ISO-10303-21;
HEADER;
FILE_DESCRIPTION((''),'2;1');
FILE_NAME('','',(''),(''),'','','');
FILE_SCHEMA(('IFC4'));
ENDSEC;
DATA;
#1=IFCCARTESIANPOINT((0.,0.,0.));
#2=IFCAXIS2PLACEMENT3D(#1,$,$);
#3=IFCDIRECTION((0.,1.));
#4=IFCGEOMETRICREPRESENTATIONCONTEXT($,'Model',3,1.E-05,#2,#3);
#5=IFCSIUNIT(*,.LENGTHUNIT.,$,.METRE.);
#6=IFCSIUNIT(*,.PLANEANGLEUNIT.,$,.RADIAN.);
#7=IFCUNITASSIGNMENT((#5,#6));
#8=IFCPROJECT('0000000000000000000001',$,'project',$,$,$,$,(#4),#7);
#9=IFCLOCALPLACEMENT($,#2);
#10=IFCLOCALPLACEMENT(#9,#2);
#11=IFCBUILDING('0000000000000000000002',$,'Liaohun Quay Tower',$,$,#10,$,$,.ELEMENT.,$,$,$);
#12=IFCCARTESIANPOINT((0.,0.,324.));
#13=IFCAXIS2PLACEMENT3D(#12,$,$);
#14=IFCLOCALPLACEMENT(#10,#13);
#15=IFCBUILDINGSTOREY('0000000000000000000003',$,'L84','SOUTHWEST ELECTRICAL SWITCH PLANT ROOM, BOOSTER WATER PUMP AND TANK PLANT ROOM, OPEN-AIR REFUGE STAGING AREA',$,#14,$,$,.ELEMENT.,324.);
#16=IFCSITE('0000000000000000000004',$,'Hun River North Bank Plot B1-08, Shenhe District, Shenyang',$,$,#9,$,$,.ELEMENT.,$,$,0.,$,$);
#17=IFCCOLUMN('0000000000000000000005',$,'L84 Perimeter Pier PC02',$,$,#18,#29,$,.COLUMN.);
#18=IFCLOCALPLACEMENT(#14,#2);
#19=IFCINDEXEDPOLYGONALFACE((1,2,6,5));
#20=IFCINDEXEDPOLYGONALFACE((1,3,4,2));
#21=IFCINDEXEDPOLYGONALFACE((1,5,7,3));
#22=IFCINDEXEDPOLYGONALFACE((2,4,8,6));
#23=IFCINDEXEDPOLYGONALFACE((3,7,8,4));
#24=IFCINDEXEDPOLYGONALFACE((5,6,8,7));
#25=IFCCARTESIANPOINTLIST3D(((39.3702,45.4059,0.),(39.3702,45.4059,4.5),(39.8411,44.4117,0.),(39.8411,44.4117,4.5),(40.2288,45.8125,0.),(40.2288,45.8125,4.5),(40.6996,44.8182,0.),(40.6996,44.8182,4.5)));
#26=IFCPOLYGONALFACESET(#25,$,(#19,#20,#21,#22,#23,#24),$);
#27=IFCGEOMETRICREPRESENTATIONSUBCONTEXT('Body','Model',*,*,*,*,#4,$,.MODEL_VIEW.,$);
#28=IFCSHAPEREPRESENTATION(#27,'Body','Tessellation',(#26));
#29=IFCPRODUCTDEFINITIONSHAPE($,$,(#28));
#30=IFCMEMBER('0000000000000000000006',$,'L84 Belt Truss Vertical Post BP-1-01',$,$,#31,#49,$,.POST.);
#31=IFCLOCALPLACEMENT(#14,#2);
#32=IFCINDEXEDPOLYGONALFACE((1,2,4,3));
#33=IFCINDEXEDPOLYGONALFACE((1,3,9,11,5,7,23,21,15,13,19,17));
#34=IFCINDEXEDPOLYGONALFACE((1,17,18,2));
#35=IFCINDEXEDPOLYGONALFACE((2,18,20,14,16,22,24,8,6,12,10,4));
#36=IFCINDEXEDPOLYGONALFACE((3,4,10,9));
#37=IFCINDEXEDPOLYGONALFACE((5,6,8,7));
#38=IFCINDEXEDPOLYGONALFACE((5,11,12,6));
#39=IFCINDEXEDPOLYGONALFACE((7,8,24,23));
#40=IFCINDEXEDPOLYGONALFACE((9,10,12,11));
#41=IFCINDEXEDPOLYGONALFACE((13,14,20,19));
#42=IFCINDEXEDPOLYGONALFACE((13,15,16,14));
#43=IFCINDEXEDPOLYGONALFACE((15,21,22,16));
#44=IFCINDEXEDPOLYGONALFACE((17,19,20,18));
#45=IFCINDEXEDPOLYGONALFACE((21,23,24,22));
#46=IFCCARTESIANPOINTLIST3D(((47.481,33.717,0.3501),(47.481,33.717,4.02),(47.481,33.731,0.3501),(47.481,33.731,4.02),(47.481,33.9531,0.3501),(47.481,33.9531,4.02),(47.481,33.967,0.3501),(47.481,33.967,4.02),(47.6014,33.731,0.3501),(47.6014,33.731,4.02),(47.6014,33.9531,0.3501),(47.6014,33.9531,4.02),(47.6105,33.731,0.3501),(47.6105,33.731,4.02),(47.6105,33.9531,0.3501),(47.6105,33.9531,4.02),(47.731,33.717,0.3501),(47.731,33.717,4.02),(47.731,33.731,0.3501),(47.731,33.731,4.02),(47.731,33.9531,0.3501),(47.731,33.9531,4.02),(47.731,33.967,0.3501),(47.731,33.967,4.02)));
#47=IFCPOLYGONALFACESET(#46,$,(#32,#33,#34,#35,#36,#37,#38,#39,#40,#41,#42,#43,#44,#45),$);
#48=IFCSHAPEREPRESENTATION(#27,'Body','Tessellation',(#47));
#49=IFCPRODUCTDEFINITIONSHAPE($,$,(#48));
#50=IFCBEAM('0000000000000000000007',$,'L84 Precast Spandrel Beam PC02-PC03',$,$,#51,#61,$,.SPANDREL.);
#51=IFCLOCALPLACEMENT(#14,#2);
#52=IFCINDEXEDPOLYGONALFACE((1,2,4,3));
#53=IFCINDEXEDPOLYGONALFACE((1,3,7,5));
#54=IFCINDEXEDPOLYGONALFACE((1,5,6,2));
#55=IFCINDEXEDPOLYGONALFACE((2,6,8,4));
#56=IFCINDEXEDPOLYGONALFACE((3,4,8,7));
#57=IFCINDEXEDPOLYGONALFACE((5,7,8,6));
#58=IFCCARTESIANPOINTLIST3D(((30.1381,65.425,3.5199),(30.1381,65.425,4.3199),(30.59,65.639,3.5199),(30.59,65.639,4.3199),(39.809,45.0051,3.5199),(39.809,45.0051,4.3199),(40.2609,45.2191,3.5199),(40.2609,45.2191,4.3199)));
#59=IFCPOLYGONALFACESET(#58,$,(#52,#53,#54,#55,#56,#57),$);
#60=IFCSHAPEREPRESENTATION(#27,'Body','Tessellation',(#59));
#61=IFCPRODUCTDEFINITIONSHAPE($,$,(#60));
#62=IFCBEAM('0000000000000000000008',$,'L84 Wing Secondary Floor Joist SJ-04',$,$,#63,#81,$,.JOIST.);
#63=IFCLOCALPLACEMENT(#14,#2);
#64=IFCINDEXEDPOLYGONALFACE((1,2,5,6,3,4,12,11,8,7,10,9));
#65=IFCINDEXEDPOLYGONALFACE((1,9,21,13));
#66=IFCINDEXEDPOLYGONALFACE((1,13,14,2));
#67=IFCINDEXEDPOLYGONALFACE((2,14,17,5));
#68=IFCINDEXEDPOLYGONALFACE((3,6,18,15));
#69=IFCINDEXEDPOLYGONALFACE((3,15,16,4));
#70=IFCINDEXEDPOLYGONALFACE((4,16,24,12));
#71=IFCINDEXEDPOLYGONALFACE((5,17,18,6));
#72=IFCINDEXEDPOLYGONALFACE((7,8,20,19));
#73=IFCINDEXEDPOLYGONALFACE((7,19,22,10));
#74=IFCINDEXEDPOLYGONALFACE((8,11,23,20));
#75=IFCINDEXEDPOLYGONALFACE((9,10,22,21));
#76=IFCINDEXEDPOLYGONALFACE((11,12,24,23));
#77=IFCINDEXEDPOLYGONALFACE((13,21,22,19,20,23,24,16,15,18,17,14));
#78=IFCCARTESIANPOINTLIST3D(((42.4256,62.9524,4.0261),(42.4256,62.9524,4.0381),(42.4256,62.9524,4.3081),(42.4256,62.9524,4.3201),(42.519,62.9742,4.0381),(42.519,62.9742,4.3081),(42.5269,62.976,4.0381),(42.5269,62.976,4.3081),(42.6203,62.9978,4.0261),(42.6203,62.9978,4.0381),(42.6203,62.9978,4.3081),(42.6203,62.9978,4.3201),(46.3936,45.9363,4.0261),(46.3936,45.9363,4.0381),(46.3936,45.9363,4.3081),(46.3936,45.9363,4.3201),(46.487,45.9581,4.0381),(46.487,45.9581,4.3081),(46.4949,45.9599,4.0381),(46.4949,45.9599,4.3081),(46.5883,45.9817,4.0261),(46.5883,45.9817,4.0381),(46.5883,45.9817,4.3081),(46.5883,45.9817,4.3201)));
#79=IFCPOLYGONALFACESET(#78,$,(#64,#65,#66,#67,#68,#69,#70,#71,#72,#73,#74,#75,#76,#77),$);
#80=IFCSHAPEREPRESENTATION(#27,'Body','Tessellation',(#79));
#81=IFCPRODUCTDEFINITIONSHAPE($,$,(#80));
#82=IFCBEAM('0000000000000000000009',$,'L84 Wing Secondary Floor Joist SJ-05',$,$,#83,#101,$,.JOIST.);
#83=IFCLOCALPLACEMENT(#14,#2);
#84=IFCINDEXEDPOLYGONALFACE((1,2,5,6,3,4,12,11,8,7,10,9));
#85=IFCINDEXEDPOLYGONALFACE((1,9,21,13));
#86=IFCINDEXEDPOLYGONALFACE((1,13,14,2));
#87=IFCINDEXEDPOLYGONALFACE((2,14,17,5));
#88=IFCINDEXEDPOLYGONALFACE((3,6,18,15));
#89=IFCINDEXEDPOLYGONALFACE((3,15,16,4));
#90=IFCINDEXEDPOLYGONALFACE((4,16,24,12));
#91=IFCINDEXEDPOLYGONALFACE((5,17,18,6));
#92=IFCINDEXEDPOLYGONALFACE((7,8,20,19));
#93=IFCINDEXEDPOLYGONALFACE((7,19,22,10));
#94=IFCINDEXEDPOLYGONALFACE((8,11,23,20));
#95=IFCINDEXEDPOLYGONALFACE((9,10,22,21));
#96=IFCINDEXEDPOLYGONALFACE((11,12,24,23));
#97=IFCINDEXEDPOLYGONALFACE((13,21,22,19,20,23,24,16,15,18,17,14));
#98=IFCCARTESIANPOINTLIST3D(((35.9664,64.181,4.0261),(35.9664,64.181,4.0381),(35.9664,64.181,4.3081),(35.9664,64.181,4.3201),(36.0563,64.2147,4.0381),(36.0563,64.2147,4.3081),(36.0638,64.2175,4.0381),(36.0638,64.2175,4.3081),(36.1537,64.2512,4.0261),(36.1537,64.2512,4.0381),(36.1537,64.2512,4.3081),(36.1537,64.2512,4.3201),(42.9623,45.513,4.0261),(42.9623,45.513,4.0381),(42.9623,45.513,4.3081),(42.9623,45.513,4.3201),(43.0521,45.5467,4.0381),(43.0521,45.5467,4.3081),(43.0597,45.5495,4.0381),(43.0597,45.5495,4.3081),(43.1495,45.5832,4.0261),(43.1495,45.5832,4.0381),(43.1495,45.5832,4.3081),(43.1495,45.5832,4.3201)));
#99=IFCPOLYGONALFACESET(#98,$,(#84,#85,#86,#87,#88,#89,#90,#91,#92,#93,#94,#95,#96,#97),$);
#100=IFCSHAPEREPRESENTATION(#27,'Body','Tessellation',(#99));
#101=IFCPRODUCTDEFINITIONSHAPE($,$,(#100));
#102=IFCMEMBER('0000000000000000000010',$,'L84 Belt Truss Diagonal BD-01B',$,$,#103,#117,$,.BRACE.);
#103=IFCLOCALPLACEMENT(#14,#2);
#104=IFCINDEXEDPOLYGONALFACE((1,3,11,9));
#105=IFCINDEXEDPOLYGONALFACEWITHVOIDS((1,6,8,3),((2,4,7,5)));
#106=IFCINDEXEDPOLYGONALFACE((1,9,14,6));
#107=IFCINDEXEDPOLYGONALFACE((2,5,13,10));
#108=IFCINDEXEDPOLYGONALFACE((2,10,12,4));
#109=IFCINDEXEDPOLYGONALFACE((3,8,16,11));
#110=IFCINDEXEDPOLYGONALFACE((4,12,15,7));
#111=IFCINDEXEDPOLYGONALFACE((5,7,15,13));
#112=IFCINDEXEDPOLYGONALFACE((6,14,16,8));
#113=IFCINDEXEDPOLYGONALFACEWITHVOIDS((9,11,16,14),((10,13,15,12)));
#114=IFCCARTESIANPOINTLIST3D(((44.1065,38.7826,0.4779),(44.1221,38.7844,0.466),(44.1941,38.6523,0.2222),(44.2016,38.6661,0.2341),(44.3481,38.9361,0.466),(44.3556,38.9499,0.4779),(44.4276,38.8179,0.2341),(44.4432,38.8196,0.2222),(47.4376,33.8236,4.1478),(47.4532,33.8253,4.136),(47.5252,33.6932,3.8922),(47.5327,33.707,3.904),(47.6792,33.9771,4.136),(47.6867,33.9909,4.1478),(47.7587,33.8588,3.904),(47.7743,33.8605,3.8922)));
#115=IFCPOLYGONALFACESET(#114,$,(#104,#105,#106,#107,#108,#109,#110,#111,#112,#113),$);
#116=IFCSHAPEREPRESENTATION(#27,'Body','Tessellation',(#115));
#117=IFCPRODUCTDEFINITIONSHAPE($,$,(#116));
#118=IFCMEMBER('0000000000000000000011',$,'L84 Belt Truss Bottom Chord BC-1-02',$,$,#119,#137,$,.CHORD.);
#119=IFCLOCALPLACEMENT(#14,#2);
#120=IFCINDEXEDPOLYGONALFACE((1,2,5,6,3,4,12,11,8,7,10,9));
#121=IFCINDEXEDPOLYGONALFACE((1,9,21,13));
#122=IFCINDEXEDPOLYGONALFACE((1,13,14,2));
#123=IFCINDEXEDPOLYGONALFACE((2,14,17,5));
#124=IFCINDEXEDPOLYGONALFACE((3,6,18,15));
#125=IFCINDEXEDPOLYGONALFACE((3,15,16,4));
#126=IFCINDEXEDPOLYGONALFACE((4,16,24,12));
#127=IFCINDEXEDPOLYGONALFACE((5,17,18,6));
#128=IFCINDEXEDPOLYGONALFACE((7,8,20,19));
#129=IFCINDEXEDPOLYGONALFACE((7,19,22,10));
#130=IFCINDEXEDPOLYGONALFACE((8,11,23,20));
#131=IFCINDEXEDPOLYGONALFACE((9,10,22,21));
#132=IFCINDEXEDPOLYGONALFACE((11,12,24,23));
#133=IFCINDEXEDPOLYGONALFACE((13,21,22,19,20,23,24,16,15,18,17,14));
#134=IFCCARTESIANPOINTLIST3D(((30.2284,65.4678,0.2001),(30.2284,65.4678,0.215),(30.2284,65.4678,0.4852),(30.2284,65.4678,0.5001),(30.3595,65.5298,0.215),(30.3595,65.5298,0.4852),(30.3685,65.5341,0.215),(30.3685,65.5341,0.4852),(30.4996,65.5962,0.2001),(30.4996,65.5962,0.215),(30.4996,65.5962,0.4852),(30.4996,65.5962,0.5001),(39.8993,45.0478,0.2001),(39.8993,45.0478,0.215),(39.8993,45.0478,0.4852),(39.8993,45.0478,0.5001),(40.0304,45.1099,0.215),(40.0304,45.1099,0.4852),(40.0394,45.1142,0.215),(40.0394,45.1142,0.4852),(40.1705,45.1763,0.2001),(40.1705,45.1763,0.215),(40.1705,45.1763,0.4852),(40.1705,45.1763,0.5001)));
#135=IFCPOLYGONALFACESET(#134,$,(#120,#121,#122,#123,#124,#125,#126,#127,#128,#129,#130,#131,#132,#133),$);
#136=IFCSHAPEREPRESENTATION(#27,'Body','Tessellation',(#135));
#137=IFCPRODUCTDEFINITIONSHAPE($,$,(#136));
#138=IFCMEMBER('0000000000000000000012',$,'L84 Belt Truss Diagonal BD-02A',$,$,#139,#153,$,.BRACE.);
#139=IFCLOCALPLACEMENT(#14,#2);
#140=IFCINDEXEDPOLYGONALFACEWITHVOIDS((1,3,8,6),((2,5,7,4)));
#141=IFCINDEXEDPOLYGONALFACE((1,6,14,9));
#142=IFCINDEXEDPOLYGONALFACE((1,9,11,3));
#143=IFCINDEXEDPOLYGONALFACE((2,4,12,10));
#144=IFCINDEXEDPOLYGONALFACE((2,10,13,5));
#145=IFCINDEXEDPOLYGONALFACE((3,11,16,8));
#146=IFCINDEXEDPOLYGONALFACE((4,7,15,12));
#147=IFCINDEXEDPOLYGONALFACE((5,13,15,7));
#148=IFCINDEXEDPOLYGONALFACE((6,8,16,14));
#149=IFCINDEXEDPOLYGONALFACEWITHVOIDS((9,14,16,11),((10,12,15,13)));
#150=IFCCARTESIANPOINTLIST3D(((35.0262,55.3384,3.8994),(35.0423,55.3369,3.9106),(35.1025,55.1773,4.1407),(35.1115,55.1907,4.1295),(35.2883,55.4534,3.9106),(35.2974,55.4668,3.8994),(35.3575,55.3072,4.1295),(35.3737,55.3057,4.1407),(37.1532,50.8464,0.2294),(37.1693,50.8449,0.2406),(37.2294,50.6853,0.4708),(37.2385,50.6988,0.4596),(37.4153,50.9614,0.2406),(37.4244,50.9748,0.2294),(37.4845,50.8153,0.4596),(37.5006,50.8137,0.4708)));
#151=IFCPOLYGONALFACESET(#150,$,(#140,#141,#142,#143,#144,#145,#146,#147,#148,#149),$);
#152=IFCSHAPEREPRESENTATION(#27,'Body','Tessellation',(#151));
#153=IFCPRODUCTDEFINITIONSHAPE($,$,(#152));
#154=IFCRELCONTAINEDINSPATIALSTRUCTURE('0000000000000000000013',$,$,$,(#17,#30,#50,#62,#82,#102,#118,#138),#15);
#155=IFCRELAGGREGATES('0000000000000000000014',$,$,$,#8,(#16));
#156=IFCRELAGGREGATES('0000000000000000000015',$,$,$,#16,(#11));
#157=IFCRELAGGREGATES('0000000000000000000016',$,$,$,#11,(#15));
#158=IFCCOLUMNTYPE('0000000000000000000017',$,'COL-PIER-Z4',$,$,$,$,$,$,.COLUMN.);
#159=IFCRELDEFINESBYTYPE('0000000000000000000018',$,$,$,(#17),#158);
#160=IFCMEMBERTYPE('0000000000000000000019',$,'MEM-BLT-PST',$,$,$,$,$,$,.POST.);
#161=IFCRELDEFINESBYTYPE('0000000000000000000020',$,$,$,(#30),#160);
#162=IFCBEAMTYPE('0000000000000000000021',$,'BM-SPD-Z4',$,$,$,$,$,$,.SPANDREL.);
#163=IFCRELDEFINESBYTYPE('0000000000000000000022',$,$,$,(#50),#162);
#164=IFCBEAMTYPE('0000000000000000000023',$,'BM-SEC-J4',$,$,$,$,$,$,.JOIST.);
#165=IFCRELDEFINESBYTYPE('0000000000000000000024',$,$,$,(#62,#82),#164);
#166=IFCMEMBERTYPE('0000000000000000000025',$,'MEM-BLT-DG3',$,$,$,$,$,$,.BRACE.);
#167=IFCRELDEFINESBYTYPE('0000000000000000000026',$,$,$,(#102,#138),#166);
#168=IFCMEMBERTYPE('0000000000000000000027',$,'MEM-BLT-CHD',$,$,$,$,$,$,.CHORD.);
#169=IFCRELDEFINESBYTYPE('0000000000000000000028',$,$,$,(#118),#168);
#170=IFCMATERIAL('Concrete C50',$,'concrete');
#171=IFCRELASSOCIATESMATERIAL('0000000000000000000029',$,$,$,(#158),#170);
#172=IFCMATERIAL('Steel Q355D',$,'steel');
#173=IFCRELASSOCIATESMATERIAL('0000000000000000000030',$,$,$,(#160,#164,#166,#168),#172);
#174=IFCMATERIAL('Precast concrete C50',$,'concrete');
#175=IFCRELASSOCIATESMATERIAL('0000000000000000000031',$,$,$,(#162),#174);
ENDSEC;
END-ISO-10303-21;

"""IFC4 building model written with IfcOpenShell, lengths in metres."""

from ifc_helpers import new_model, si_unit, direction, frame, origin, origin_2d, place, context, subcontext, project, spatial, rectangle, hollow_rectangle, i_section, extrude, source, transform, mapped, material, material_profile, profile_set, type_object, element, save


model = new_model("IFC4")

# Units and contexts
model_context = context("Model", 3, precision=1e-05, world=origin(), true_north=direction((0.0, 1.0)))
body_context = subcontext(model_context, "Body", "Model", "MODEL_VIEW")
ifc_project = project(units=[si_unit("LENGTHUNIT", "METRE"), si_unit("PLANEANGLEUNIT", "RADIAN")], contexts=[model_context])

# Site, building, storey
site_placement = place(None, origin())
site = spatial("IfcSite", under=ifc_project, at=site_placement, Name="Hun River North Bank Plot B1-08, Shenhe District, Shenyang", CompositionType="ELEMENT", RefElevation=0.0)
building_placement = place(site_placement, origin())
building = spatial("IfcBuilding", under=site, at=building_placement, Name="Liaohun Quay Tower", CompositionType="ELEMENT")
storey_placement = place(building_placement, frame((0.0, 0.0, 324.0)))
storey = spatial("IfcBuildingStorey", under=building, at=storey_placement, Name="L84", Description="SOUTHWEST ELECTRICAL SWITCH PLANT ROOM, BOOSTER WATER PUMP AND TANK PLANT ROOM, OPEN-AIR REFUGE STAGING AREA", CompositionType="ELEMENT", Elevation=324.0)

# Column
ifc_material_1 = material(Name="Concrete C50", Category="concrete")
ifc_material_profile_1 = material_profile(ifc_material_1, rectangle(XDim=1.1001, YDim=0.95, at=origin_2d()), Name="RC1100x950")
ifc_profile_set_1 = profile_set([ifc_material_profile_1], Name="Concrete C50")
column_type = type_object("IfcColumnType", Name="COL-PIER-Z4", PredefinedType="COLUMN", material=ifc_profile_set_1)
shared_shape_1 = source(origin(), body_context, "Body", "SweptSolid", [
    extrude(rectangle(XDim=1.1001, YDim=0.95, at=origin_2d()), origin(), (0.0, 0.0, 1.0), 4.5),
])
column_placement = place(storey_placement, frame((40.0349, 45.1121, 0.0), z_axis=(0.0, 0.0, 1.0), x_axis=(-0.427989, 0.903784, 0.0)))
element("IfcColumn", 1, at=column_placement, inside=storey, type_object=column_type, Name="L84 Perimeter Pier PC02", PredefinedType="COLUMN", context=body_context, shape_type="MappedRepresentation", body=[
    mapped(shared_shape_1, transform((0.0, 0.0, 0.0), x_axis=(1.0, 0.0, 0.0), y_axis=(0.0, 1.0, 0.0), z_axis=(0.0, 0.0, 1.0), scale=1.0)),
])

# Member
ifc_material_2 = material(Name="Steel Q355D", Category="steel")
ifc_material_profile_2 = material_profile(ifc_material_2, i_section(OverallWidth=0.25, OverallDepth=0.25, WebThickness=0.009, FlangeThickness=0.0139, at=origin_2d()), Name="HW250x250x9x14")
ifc_profile_set_2 = profile_set([ifc_material_profile_2], Name="Steel Q355D")
member_type_1 = type_object("IfcMemberType", Name="MEM-BLT-PST", PredefinedType="POST", material=ifc_profile_set_2)
shared_shape_2 = source(origin(), body_context, "Body", "SweptSolid", [
    extrude(i_section(OverallWidth=0.25, OverallDepth=0.25, WebThickness=0.009, FlangeThickness=0.0139, at=origin_2d()), origin(), (0.0, 0.0, 1.0), 3.6699),
])
member_1_placement = place(storey_placement, frame((47.606, 33.842, 0.3501), z_axis=(0.0, 0.0, 1.0), x_axis=(1.0, 0.0, 0.0)))
element("IfcMember", 2, at=member_1_placement, inside=storey, type_object=member_type_1, Name="L84 Belt Truss Vertical Post BP-1-01", PredefinedType="POST", context=body_context, shape_type="MappedRepresentation", body=[
    mapped(shared_shape_2, transform((0.0, 0.0, 0.0), x_axis=(1.0, 0.0, 0.0), y_axis=(0.0, 1.0, 0.0), z_axis=(0.0, 0.0, 1.0), scale=1.0)),
])

# Beams
ifc_material_3 = material(Name="Precast concrete C50", Category="concrete")
ifc_material_profile_3 = material_profile(ifc_material_3, rectangle(XDim=0.5, YDim=0.8, at=origin_2d()), Name="RC500x800")
ifc_profile_set_3 = profile_set([ifc_material_profile_3], Name="Precast concrete C50")
beam_type_1 = type_object("IfcBeamType", Name="BM-SPD-Z4", PredefinedType="SPANDREL", material=ifc_profile_set_3)
shared_shape_3 = source(origin(), body_context, "Body", "SweptSolid", [
    extrude(rectangle(XDim=0.5, YDim=0.8, at=origin_2d()), origin(), (0.0, 0.0, 1.0), 22.5942),
])
beam_1_placement = place(storey_placement, frame((40.0349, 45.1121, 3.9199), z_axis=(-0.428025, 0.903767, 0.0), x_axis=(-0.903767, -0.428025, 0.0)))
element("IfcBeam", 3, at=beam_1_placement, inside=storey, type_object=beam_type_1, Name="L84 Precast Spandrel Beam PC02-PC03", PredefinedType="SPANDREL", context=body_context, shape_type="MappedRepresentation", body=[
    mapped(shared_shape_3, transform((0.0, 0.0, 0.0), x_axis=(1.0, 0.0, 0.0), y_axis=(0.0, 1.0, 0.0), z_axis=(0.0, 0.0, 1.0), scale=1.0)),
])
ifc_material_profile_4 = material_profile(ifc_material_2, i_section(OverallWidth=0.2, OverallDepth=0.2939, WebThickness=0.0081, FlangeThickness=0.012, at=origin_2d()), Name="HM294x200x8x12")
ifc_profile_set_4 = profile_set([ifc_material_profile_4], Name="Steel Q355D")
beam_type_2 = type_object("IfcBeamType", Name="BM-SEC-J4", PredefinedType="JOIST", material=ifc_profile_set_4)
shared_shape_4 = source(origin(), body_context, "Body", "SweptSolid", [
    extrude(i_section(OverallWidth=0.2, OverallDepth=0.2939, WebThickness=0.0081, FlangeThickness=0.012, at=origin_2d()), origin(), (0.0, 0.0, 1.0), 17.4727),
])
beam_2_placement = place(storey_placement, frame((46.491, 45.959, 4.1731), z_axis=(-0.227099, 0.973872, 0.0), x_axis=(-0.973872, -0.227099, 0.0)))
element("IfcBeam", 4, at=beam_2_placement, inside=storey, type_object=beam_type_2, Name="L84 Wing Secondary Floor Joist SJ-04", PredefinedType="JOIST", context=body_context, shape_type="MappedRepresentation", body=[
    mapped(shared_shape_4, transform((0.0, 0.0, 0.0), x_axis=(1.0, 0.0, 0.0), y_axis=(0.0, 1.0, 0.0), z_axis=(0.0, 0.0, 1.0), scale=1.0)),
])
shared_shape_5 = source(origin(), body_context, "Body", "SweptSolid", [
    extrude(i_section(OverallWidth=0.2, OverallDepth=0.2939, WebThickness=0.0081, FlangeThickness=0.012, at=origin_2d()), origin(), (0.0, 0.0, 1.0), 19.9358),
])
beam_3_placement = place(storey_placement, frame((43.0559, 45.5481, 4.1731), z_axis=(-0.350919, 0.936406, 0.0), x_axis=(-0.936406, -0.350919, 0.0)))
element("IfcBeam", 5, at=beam_3_placement, inside=storey, type_object=beam_type_2, Name="L84 Wing Secondary Floor Joist SJ-05", PredefinedType="JOIST", context=body_context, shape_type="MappedRepresentation", body=[
    mapped(shared_shape_5, transform((0.0, 0.0, 0.0), x_axis=(1.0, 0.0, 0.0), y_axis=(0.0, 1.0, 0.0), z_axis=(0.0, 0.0, 1.0), scale=1.0)),
])

# Members
ifc_material_profile_5 = material_profile(ifc_material_2, hollow_rectangle(XDim=0.3, YDim=0.3, WallThickness=0.0139, at=origin_2d()), Name="SHS300x300x14")
ifc_profile_set_5 = profile_set([ifc_material_profile_5], Name="Steel Q355D")
member_type_2 = type_object("IfcMemberType", Name="MEM-BLT-DG3", PredefinedType="BRACE", material=ifc_profile_set_5)
shared_shape_6 = source(origin(), body_context, "Body", "SweptSolid", [
    extrude(hollow_rectangle(XDim=0.3, YDim=0.3, WallThickness=0.0139, at=origin_2d()), origin(), (0.0, 0.0, 1.0), 7.0112),
])
member_2_placement = place(storey_placement, frame((47.606, 33.842, 4.02), z_axis=(-0.47511, 0.707303, -0.523443), x_axis=(-0.830109, -0.557602, 0.0)))
element("IfcMember", 6, at=member_2_placement, inside=storey, type_object=member_type_2, Name="L84 Belt Truss Diagonal BD-01B", PredefinedType="BRACE", context=body_context, shape_type="MappedRepresentation", body=[
    mapped(shared_shape_6, transform((0.0, 0.0, 0.0), x_axis=(1.0, 0.0, 0.0), y_axis=(0.0, 1.0, 0.0), z_axis=(0.0, 0.0, 1.0), scale=1.0)),
])
ifc_material_profile_6 = material_profile(ifc_material_2, i_section(OverallWidth=0.3, OverallDepth=0.3, WebThickness=0.01, FlangeThickness=0.0149, at=origin_2d()), Name="HW300x300x10x15")
ifc_profile_set_6 = profile_set([ifc_material_profile_6], Name="Steel Q355D")
member_type_3 = type_object("IfcMemberType", Name="MEM-BLT-CHD", PredefinedType="CHORD", material=ifc_profile_set_6)
shared_shape_7 = source(origin(), body_context, "Body", "SweptSolid", [
    extrude(i_section(OverallWidth=0.3, OverallDepth=0.3, WebThickness=0.01, FlangeThickness=0.0149, at=origin_2d()), origin(), (0.0, 0.0, 1.0), 22.5942),
])
member_3_placement = place(storey_placement, frame((40.0349, 45.1121, 0.3501), z_axis=(-0.428025, 0.903767, 0.0), x_axis=(-0.903767, -0.428025, 0.0)))
element("IfcMember", 7, at=member_3_placement, inside=storey, type_object=member_type_3, Name="L84 Belt Truss Bottom Chord BC-1-02", PredefinedType="CHORD", context=body_context, shape_type="MappedRepresentation", body=[
    mapped(shared_shape_7, transform((0.0, 0.0, 0.0), x_axis=(1.0, 0.0, 0.0), y_axis=(0.0, 1.0, 0.0), z_axis=(0.0, 0.0, 1.0), scale=1.0)),
])
shared_shape_8 = source(origin(), body_context, "Body", "SweptSolid", [
    extrude(hollow_rectangle(XDim=0.3, YDim=0.3, WallThickness=0.0139, at=origin_2d()), origin(), (0.0, 0.0, 1.0), 6.1782),
])
member_4_placement = place(storey_placement, frame((37.3269, 50.8301, 0.3501), z_axis=(-0.344269, 0.727067, 0.594014), x_axis=(-0.903801, -0.427953, 0.0)))
element("IfcMember", 8, at=member_4_placement, inside=storey, type_object=member_type_2, Name="L84 Belt Truss Diagonal BD-02A", PredefinedType="BRACE", context=body_context, shape_type="MappedRepresentation", body=[
    mapped(shared_shape_8, transform((0.0, 0.0, 0.0), x_axis=(1.0, 0.0, 0.0), y_axis=(0.0, 1.0, 0.0), z_axis=(0.0, 0.0, 1.0), scale=1.0)),
])

save(model, "model.ifc")
